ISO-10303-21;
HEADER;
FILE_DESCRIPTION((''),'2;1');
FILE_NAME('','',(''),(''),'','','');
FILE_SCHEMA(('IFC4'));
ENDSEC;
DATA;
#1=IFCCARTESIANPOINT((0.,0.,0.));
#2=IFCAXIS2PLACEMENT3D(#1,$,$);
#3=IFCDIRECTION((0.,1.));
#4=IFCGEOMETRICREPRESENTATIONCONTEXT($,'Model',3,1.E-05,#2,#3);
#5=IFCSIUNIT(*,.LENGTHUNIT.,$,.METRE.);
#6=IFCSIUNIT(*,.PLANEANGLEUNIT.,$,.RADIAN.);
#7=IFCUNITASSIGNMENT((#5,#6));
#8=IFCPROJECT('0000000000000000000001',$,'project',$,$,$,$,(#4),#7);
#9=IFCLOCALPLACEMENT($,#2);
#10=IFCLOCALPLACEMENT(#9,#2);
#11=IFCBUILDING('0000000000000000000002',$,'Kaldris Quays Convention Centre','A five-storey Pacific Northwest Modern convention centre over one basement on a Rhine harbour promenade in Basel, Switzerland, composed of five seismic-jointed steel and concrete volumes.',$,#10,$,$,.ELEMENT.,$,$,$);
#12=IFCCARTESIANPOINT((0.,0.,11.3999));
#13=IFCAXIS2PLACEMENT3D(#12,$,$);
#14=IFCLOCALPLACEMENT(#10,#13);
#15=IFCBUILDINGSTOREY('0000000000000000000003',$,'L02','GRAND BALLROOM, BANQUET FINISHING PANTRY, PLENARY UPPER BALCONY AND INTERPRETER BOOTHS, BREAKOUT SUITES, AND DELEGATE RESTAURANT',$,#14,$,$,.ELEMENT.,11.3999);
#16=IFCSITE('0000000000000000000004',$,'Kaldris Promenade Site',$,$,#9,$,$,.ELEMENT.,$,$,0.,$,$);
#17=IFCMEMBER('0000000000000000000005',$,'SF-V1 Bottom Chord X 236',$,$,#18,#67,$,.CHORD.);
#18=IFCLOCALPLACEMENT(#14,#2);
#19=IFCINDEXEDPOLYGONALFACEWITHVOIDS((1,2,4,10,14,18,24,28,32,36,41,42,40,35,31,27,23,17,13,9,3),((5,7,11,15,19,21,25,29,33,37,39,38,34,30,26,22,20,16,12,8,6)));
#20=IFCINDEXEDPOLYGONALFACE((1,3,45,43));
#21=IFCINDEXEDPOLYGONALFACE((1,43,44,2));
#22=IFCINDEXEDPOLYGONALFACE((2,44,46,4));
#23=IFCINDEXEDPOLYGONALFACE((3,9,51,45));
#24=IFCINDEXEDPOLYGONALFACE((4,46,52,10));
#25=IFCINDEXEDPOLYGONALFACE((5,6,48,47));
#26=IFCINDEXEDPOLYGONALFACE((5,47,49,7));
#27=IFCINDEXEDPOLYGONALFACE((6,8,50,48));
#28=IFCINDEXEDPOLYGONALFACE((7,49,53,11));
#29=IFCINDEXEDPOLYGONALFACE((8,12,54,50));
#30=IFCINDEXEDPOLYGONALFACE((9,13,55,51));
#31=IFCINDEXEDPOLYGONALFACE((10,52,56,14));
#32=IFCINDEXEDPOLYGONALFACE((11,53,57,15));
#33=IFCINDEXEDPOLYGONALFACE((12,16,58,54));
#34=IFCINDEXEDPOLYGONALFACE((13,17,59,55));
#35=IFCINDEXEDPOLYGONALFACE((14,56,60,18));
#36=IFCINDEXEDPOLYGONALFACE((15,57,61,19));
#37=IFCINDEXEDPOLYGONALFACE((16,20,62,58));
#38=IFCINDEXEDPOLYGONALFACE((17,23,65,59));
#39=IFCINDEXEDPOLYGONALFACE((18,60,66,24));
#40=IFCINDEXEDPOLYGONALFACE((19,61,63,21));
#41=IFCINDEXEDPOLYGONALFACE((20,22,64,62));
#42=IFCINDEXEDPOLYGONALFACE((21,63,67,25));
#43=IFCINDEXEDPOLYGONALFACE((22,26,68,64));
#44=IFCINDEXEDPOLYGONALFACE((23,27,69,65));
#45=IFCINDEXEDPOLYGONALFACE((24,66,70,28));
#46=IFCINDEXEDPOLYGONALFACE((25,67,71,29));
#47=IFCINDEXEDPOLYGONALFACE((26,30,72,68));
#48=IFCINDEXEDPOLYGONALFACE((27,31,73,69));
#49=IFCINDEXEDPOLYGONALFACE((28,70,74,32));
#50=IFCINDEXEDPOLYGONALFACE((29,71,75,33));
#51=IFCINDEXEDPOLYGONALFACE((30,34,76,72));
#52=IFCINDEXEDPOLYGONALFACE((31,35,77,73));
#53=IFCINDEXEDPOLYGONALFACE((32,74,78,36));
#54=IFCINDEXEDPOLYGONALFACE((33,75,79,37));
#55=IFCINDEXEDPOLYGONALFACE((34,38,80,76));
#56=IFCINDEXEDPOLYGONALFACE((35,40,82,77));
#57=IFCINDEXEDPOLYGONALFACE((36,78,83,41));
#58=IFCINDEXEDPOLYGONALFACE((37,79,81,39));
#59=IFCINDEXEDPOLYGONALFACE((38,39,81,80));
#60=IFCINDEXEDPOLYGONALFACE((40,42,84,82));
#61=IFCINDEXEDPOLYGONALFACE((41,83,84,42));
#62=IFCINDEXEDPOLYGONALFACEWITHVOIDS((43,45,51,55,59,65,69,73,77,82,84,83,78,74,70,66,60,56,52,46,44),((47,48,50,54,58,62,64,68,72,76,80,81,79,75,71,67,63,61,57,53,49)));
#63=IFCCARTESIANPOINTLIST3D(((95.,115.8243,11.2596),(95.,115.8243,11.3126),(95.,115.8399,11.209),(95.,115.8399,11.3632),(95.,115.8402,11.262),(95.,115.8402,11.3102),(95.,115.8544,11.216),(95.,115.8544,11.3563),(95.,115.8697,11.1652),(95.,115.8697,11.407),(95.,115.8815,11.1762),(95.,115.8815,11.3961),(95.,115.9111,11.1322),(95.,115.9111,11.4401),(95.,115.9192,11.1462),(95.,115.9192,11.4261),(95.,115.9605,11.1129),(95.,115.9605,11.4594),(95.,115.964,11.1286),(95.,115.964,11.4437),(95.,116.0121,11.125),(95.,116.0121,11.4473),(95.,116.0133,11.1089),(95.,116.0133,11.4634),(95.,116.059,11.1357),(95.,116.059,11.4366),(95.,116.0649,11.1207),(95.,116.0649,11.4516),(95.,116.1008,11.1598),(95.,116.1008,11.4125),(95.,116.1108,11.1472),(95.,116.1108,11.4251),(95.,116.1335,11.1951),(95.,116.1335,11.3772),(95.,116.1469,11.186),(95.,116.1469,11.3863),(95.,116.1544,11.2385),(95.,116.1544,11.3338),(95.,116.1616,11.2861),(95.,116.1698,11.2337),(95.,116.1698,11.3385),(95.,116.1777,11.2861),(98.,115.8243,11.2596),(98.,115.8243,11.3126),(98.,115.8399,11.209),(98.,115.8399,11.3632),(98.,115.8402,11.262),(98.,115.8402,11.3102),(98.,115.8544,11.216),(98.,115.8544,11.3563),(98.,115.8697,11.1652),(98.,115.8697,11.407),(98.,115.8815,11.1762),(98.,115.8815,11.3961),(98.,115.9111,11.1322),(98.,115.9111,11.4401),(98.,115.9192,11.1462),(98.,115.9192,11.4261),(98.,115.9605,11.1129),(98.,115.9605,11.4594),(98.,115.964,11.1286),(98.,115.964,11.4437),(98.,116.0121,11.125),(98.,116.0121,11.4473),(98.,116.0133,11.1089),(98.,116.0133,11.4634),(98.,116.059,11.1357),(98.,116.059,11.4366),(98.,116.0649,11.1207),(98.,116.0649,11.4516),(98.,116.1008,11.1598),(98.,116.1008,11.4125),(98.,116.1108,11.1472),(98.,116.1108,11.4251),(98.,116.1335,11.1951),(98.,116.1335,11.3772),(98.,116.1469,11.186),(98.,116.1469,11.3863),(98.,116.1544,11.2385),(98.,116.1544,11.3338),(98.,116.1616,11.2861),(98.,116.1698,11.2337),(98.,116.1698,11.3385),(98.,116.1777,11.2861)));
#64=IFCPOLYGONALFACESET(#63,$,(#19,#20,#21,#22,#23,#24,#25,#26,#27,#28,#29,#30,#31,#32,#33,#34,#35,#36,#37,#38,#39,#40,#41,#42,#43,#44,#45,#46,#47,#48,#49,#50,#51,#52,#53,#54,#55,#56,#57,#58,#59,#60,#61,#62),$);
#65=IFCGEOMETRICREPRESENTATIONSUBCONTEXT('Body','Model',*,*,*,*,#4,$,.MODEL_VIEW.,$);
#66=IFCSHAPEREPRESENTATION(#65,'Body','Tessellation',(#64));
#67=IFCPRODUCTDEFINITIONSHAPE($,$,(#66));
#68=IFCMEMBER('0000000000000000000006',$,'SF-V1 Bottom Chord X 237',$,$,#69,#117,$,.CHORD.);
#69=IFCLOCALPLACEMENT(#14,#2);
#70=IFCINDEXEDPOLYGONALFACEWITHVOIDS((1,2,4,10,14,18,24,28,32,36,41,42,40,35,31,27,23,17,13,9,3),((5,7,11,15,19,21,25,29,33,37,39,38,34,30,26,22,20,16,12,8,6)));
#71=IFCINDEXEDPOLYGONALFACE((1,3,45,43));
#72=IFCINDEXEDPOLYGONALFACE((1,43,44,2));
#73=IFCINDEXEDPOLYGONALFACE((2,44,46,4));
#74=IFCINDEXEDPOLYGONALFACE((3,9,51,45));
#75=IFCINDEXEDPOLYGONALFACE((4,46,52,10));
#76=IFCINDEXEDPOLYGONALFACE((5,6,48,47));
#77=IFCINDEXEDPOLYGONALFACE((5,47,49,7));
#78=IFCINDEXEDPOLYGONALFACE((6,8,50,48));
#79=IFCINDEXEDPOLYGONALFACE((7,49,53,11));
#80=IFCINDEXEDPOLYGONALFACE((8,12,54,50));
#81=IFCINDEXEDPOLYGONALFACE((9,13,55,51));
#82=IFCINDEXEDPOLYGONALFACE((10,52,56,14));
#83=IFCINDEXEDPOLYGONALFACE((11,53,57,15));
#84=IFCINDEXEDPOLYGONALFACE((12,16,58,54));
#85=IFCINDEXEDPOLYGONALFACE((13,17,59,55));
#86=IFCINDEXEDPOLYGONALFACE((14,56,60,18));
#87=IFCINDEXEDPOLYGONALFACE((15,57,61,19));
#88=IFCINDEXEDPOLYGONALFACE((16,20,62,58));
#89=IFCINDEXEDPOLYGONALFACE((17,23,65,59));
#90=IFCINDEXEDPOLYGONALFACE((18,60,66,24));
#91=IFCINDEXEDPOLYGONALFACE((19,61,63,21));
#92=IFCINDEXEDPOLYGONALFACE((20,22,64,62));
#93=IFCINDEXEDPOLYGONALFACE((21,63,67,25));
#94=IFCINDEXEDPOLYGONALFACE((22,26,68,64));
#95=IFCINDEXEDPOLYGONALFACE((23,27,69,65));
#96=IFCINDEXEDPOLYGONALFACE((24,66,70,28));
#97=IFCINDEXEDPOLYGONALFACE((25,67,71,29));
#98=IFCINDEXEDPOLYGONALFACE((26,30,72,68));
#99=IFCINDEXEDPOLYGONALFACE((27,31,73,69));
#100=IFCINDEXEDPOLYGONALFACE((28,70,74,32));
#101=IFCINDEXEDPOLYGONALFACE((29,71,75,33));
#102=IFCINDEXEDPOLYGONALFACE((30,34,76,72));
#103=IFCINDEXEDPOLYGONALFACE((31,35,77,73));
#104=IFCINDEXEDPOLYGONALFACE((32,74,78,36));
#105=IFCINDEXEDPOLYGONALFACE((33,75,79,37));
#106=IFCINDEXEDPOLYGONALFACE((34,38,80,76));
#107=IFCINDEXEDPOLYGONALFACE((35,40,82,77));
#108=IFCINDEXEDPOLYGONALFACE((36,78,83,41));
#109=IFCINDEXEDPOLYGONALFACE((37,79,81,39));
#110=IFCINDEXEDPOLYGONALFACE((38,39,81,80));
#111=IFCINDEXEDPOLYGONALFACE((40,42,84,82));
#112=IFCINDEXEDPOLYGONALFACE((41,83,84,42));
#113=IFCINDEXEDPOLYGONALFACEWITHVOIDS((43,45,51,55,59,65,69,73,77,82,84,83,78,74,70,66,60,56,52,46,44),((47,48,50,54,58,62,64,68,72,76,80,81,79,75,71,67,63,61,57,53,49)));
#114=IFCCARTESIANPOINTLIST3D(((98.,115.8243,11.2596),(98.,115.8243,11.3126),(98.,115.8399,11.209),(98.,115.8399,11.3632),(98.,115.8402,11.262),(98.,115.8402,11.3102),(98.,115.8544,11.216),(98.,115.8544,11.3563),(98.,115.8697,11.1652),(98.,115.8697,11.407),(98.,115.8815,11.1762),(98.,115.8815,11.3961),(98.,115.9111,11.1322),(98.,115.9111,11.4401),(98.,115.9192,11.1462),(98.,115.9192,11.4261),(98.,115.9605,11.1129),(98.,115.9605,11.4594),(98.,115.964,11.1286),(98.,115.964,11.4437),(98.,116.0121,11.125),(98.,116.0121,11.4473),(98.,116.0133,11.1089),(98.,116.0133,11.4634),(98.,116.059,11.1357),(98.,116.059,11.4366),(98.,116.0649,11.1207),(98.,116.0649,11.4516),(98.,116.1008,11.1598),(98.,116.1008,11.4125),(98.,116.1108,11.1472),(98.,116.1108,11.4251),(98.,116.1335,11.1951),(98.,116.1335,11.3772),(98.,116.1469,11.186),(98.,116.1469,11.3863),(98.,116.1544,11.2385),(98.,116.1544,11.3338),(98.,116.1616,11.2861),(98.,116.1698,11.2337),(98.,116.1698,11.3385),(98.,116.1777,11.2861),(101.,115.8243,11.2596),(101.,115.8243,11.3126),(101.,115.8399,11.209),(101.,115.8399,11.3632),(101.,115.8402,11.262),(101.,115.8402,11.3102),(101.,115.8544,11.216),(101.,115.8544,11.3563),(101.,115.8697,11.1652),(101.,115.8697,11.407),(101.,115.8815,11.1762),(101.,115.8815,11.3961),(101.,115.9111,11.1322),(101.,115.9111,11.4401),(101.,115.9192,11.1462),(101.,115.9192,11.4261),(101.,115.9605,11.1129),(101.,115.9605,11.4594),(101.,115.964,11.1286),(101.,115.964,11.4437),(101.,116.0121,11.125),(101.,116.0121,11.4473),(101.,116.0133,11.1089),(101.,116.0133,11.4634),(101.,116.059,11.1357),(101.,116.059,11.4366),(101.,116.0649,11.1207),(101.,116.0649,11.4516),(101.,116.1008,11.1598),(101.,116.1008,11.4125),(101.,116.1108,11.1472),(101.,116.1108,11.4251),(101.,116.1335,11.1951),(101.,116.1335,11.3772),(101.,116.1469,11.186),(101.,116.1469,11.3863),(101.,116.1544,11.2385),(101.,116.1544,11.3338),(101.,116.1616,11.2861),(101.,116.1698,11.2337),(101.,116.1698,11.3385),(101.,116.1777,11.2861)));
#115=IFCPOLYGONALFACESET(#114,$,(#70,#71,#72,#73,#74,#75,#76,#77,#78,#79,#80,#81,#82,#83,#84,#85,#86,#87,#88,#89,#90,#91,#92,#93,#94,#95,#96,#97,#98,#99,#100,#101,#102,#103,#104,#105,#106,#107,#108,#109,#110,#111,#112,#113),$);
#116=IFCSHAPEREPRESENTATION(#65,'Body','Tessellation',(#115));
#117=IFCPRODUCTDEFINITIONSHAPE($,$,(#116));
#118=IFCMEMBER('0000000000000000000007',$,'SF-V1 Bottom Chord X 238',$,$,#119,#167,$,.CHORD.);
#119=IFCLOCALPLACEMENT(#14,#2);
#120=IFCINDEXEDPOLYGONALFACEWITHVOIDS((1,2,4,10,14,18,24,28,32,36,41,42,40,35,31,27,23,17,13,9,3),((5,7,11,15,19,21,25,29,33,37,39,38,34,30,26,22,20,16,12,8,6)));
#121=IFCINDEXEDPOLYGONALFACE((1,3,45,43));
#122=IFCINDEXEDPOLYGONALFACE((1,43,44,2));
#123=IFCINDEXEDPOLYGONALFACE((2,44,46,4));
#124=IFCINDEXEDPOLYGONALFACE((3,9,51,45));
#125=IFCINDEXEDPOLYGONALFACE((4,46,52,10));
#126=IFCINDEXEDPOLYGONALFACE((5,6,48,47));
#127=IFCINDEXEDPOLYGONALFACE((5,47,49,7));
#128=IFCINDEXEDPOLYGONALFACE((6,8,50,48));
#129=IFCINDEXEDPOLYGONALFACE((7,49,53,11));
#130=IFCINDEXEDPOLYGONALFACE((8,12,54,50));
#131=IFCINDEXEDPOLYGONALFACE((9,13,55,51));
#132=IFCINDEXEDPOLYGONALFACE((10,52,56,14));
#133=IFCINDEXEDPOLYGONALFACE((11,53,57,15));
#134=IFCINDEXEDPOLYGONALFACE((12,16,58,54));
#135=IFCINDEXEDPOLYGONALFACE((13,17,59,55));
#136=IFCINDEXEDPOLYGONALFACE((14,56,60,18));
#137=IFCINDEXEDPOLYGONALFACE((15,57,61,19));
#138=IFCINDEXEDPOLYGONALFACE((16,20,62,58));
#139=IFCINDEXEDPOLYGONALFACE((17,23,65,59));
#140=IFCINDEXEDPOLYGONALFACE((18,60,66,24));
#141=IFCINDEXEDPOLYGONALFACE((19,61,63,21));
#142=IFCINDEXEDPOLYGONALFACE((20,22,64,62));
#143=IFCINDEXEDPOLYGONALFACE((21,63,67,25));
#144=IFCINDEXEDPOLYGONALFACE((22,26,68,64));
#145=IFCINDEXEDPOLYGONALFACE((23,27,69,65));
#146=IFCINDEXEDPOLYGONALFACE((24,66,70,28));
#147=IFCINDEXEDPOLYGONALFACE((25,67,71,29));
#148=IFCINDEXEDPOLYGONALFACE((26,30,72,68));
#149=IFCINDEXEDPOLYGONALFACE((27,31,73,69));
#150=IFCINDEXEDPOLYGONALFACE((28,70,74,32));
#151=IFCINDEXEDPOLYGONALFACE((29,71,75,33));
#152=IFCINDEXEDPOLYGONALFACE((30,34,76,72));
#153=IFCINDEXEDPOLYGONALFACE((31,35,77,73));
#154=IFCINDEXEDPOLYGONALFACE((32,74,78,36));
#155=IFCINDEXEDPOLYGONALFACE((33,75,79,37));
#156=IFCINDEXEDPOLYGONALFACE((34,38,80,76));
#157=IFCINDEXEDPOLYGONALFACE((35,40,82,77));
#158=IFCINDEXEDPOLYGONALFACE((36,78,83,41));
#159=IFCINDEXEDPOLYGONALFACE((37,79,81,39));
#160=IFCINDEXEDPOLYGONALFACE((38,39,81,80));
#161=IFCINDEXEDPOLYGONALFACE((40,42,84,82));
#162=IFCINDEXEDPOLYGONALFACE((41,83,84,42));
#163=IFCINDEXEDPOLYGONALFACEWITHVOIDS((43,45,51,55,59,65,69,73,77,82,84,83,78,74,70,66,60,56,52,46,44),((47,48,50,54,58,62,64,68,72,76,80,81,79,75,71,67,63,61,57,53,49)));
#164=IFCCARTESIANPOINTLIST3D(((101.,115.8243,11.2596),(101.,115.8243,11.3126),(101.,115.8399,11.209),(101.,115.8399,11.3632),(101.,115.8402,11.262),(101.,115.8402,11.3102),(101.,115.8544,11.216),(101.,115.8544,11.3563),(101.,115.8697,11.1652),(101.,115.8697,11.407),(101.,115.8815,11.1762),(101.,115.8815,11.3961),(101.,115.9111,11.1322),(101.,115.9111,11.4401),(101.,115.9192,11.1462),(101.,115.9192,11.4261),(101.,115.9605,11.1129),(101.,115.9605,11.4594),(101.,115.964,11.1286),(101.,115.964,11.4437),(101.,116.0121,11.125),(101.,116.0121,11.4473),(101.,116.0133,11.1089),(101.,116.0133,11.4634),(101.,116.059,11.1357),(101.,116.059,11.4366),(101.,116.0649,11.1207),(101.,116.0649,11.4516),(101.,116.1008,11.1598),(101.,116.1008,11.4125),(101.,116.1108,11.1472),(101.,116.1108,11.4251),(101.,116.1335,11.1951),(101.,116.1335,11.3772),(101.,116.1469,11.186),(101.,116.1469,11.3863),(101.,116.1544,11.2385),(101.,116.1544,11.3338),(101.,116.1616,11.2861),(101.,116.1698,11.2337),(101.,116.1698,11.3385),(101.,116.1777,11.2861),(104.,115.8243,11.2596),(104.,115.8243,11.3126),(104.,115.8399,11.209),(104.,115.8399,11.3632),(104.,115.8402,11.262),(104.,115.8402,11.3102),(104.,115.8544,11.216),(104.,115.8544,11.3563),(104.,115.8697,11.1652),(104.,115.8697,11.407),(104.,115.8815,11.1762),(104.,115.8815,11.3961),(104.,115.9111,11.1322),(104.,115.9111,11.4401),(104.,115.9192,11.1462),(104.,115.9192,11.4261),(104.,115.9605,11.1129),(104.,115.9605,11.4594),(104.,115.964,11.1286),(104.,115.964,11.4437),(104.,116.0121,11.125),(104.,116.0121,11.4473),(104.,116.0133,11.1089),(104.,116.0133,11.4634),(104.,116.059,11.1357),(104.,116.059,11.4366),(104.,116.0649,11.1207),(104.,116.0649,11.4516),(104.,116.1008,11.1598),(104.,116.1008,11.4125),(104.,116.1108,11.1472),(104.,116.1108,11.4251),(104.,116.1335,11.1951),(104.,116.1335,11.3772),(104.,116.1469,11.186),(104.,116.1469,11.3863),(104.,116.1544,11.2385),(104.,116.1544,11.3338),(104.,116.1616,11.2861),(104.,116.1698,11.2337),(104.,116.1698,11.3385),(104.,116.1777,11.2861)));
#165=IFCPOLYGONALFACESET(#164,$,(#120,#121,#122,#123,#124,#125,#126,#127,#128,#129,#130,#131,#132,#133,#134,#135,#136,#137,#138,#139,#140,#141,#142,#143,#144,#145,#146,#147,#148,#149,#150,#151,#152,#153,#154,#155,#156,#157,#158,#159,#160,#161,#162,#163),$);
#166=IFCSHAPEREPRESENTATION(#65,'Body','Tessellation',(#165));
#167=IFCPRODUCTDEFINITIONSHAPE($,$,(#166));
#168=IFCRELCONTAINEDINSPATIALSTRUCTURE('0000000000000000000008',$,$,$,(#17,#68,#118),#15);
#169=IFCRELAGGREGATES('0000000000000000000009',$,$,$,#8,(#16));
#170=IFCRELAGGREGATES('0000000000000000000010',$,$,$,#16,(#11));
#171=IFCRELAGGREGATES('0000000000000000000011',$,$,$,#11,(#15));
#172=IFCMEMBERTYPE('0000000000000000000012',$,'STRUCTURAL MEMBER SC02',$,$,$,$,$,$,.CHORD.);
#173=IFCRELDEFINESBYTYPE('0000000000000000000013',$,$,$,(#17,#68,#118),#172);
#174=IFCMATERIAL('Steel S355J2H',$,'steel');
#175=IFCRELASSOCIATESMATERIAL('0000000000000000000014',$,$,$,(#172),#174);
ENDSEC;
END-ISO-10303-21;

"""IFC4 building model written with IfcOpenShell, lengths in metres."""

from ifc_helpers import new_model, si_unit, direction, frame, origin, origin_2d, place, context, subcontext, project, spatial, hollow_circle, extrude, material, material_profile, profile_set, type_object, element, save


model = new_model("IFC4")

# Units and contexts
model_context = context("Model", 3, precision=1e-05, world=origin(), true_north=direction((0.0, 1.0)))
body_context = subcontext(model_context, "Body", "Model", "MODEL_VIEW")
ifc_project = project(units=[si_unit("LENGTHUNIT", "METRE"), si_unit("PLANEANGLEUNIT", "RADIAN")], contexts=[model_context])

# Site, building, storey
site_placement = place(None, origin())
site = spatial("IfcSite", under=ifc_project, at=site_placement, Name="Kaldris Promenade Site", CompositionType="ELEMENT", RefElevation=0.0)
building_placement = place(site_placement, origin())
building = spatial("IfcBuilding", under=site, at=building_placement, Name="Kaldris Quays Convention Centre", Description="A five-storey Pacific Northwest Modern convention centre over one basement on a Rhine harbour promenade in Basel, Switzerland, composed of five seismic-jointed steel and concrete volumes.", CompositionType="ELEMENT")
storey_placement = place(building_placement, frame((0.0, 0.0, 11.3999)))
storey = spatial("IfcBuildingStorey", under=building, at=storey_placement, Name="L02", Description="GRAND BALLROOM, BANQUET FINISHING PANTRY, PLENARY UPPER BALCONY AND INTERPRETER BOOTHS, BREAKOUT SUITES, AND DELEGATE RESTAURANT", CompositionType="ELEMENT", Elevation=11.3999)

# Members
ifc_material = material(Name="Steel S355J2H", Category="steel")
ifc_material_profile_1 = material_profile(ifc_material, hollow_circle(Radius=0.1777, WallThickness=0.0161, at=origin_2d()), Name="CHS 355.6x16")
ifc_profile_set_1 = profile_set([ifc_material_profile_1], Name="Steel S355J2H")
member_type_1 = type_object("IfcMemberType", Name="STRUCTURAL MEMBER SC02", PredefinedType="CHORD", material=ifc_profile_set_1)
for number, where, z_axis, x_axis, name in (
    (1, (95.0, 116.0, 11.2861), (1.0, 0.0, 0.0), (0.0, 1.0, 0.0), "SF-V1 Bottom Chord X 236"),
    (2, (98.0, 116.0, 11.2861), (1.0, 0.0, 0.0), (0.0, 1.0, 0.0), "SF-V1 Bottom Chord X 237"),
    (3, (101.0, 116.0, 11.2861), (1.0, 0.0, 0.0), (0.0, 1.0, 0.0), "SF-V1 Bottom Chord X 238"),
):
    element("IfcMember", number, at=place(storey_placement, frame(where, z_axis=z_axis, x_axis=x_axis)), inside=storey, type_object=member_type_1, Name=name, PredefinedType="CHORD", context=body_context, shape_type="SweptSolid", body=[
        extrude(hollow_circle(Radius=0.1777, WallThickness=0.0161, at=origin_2d()), origin(), (0.0, 0.0, 1.0), 3.0),
    ])

save(model, "model.ifc")
